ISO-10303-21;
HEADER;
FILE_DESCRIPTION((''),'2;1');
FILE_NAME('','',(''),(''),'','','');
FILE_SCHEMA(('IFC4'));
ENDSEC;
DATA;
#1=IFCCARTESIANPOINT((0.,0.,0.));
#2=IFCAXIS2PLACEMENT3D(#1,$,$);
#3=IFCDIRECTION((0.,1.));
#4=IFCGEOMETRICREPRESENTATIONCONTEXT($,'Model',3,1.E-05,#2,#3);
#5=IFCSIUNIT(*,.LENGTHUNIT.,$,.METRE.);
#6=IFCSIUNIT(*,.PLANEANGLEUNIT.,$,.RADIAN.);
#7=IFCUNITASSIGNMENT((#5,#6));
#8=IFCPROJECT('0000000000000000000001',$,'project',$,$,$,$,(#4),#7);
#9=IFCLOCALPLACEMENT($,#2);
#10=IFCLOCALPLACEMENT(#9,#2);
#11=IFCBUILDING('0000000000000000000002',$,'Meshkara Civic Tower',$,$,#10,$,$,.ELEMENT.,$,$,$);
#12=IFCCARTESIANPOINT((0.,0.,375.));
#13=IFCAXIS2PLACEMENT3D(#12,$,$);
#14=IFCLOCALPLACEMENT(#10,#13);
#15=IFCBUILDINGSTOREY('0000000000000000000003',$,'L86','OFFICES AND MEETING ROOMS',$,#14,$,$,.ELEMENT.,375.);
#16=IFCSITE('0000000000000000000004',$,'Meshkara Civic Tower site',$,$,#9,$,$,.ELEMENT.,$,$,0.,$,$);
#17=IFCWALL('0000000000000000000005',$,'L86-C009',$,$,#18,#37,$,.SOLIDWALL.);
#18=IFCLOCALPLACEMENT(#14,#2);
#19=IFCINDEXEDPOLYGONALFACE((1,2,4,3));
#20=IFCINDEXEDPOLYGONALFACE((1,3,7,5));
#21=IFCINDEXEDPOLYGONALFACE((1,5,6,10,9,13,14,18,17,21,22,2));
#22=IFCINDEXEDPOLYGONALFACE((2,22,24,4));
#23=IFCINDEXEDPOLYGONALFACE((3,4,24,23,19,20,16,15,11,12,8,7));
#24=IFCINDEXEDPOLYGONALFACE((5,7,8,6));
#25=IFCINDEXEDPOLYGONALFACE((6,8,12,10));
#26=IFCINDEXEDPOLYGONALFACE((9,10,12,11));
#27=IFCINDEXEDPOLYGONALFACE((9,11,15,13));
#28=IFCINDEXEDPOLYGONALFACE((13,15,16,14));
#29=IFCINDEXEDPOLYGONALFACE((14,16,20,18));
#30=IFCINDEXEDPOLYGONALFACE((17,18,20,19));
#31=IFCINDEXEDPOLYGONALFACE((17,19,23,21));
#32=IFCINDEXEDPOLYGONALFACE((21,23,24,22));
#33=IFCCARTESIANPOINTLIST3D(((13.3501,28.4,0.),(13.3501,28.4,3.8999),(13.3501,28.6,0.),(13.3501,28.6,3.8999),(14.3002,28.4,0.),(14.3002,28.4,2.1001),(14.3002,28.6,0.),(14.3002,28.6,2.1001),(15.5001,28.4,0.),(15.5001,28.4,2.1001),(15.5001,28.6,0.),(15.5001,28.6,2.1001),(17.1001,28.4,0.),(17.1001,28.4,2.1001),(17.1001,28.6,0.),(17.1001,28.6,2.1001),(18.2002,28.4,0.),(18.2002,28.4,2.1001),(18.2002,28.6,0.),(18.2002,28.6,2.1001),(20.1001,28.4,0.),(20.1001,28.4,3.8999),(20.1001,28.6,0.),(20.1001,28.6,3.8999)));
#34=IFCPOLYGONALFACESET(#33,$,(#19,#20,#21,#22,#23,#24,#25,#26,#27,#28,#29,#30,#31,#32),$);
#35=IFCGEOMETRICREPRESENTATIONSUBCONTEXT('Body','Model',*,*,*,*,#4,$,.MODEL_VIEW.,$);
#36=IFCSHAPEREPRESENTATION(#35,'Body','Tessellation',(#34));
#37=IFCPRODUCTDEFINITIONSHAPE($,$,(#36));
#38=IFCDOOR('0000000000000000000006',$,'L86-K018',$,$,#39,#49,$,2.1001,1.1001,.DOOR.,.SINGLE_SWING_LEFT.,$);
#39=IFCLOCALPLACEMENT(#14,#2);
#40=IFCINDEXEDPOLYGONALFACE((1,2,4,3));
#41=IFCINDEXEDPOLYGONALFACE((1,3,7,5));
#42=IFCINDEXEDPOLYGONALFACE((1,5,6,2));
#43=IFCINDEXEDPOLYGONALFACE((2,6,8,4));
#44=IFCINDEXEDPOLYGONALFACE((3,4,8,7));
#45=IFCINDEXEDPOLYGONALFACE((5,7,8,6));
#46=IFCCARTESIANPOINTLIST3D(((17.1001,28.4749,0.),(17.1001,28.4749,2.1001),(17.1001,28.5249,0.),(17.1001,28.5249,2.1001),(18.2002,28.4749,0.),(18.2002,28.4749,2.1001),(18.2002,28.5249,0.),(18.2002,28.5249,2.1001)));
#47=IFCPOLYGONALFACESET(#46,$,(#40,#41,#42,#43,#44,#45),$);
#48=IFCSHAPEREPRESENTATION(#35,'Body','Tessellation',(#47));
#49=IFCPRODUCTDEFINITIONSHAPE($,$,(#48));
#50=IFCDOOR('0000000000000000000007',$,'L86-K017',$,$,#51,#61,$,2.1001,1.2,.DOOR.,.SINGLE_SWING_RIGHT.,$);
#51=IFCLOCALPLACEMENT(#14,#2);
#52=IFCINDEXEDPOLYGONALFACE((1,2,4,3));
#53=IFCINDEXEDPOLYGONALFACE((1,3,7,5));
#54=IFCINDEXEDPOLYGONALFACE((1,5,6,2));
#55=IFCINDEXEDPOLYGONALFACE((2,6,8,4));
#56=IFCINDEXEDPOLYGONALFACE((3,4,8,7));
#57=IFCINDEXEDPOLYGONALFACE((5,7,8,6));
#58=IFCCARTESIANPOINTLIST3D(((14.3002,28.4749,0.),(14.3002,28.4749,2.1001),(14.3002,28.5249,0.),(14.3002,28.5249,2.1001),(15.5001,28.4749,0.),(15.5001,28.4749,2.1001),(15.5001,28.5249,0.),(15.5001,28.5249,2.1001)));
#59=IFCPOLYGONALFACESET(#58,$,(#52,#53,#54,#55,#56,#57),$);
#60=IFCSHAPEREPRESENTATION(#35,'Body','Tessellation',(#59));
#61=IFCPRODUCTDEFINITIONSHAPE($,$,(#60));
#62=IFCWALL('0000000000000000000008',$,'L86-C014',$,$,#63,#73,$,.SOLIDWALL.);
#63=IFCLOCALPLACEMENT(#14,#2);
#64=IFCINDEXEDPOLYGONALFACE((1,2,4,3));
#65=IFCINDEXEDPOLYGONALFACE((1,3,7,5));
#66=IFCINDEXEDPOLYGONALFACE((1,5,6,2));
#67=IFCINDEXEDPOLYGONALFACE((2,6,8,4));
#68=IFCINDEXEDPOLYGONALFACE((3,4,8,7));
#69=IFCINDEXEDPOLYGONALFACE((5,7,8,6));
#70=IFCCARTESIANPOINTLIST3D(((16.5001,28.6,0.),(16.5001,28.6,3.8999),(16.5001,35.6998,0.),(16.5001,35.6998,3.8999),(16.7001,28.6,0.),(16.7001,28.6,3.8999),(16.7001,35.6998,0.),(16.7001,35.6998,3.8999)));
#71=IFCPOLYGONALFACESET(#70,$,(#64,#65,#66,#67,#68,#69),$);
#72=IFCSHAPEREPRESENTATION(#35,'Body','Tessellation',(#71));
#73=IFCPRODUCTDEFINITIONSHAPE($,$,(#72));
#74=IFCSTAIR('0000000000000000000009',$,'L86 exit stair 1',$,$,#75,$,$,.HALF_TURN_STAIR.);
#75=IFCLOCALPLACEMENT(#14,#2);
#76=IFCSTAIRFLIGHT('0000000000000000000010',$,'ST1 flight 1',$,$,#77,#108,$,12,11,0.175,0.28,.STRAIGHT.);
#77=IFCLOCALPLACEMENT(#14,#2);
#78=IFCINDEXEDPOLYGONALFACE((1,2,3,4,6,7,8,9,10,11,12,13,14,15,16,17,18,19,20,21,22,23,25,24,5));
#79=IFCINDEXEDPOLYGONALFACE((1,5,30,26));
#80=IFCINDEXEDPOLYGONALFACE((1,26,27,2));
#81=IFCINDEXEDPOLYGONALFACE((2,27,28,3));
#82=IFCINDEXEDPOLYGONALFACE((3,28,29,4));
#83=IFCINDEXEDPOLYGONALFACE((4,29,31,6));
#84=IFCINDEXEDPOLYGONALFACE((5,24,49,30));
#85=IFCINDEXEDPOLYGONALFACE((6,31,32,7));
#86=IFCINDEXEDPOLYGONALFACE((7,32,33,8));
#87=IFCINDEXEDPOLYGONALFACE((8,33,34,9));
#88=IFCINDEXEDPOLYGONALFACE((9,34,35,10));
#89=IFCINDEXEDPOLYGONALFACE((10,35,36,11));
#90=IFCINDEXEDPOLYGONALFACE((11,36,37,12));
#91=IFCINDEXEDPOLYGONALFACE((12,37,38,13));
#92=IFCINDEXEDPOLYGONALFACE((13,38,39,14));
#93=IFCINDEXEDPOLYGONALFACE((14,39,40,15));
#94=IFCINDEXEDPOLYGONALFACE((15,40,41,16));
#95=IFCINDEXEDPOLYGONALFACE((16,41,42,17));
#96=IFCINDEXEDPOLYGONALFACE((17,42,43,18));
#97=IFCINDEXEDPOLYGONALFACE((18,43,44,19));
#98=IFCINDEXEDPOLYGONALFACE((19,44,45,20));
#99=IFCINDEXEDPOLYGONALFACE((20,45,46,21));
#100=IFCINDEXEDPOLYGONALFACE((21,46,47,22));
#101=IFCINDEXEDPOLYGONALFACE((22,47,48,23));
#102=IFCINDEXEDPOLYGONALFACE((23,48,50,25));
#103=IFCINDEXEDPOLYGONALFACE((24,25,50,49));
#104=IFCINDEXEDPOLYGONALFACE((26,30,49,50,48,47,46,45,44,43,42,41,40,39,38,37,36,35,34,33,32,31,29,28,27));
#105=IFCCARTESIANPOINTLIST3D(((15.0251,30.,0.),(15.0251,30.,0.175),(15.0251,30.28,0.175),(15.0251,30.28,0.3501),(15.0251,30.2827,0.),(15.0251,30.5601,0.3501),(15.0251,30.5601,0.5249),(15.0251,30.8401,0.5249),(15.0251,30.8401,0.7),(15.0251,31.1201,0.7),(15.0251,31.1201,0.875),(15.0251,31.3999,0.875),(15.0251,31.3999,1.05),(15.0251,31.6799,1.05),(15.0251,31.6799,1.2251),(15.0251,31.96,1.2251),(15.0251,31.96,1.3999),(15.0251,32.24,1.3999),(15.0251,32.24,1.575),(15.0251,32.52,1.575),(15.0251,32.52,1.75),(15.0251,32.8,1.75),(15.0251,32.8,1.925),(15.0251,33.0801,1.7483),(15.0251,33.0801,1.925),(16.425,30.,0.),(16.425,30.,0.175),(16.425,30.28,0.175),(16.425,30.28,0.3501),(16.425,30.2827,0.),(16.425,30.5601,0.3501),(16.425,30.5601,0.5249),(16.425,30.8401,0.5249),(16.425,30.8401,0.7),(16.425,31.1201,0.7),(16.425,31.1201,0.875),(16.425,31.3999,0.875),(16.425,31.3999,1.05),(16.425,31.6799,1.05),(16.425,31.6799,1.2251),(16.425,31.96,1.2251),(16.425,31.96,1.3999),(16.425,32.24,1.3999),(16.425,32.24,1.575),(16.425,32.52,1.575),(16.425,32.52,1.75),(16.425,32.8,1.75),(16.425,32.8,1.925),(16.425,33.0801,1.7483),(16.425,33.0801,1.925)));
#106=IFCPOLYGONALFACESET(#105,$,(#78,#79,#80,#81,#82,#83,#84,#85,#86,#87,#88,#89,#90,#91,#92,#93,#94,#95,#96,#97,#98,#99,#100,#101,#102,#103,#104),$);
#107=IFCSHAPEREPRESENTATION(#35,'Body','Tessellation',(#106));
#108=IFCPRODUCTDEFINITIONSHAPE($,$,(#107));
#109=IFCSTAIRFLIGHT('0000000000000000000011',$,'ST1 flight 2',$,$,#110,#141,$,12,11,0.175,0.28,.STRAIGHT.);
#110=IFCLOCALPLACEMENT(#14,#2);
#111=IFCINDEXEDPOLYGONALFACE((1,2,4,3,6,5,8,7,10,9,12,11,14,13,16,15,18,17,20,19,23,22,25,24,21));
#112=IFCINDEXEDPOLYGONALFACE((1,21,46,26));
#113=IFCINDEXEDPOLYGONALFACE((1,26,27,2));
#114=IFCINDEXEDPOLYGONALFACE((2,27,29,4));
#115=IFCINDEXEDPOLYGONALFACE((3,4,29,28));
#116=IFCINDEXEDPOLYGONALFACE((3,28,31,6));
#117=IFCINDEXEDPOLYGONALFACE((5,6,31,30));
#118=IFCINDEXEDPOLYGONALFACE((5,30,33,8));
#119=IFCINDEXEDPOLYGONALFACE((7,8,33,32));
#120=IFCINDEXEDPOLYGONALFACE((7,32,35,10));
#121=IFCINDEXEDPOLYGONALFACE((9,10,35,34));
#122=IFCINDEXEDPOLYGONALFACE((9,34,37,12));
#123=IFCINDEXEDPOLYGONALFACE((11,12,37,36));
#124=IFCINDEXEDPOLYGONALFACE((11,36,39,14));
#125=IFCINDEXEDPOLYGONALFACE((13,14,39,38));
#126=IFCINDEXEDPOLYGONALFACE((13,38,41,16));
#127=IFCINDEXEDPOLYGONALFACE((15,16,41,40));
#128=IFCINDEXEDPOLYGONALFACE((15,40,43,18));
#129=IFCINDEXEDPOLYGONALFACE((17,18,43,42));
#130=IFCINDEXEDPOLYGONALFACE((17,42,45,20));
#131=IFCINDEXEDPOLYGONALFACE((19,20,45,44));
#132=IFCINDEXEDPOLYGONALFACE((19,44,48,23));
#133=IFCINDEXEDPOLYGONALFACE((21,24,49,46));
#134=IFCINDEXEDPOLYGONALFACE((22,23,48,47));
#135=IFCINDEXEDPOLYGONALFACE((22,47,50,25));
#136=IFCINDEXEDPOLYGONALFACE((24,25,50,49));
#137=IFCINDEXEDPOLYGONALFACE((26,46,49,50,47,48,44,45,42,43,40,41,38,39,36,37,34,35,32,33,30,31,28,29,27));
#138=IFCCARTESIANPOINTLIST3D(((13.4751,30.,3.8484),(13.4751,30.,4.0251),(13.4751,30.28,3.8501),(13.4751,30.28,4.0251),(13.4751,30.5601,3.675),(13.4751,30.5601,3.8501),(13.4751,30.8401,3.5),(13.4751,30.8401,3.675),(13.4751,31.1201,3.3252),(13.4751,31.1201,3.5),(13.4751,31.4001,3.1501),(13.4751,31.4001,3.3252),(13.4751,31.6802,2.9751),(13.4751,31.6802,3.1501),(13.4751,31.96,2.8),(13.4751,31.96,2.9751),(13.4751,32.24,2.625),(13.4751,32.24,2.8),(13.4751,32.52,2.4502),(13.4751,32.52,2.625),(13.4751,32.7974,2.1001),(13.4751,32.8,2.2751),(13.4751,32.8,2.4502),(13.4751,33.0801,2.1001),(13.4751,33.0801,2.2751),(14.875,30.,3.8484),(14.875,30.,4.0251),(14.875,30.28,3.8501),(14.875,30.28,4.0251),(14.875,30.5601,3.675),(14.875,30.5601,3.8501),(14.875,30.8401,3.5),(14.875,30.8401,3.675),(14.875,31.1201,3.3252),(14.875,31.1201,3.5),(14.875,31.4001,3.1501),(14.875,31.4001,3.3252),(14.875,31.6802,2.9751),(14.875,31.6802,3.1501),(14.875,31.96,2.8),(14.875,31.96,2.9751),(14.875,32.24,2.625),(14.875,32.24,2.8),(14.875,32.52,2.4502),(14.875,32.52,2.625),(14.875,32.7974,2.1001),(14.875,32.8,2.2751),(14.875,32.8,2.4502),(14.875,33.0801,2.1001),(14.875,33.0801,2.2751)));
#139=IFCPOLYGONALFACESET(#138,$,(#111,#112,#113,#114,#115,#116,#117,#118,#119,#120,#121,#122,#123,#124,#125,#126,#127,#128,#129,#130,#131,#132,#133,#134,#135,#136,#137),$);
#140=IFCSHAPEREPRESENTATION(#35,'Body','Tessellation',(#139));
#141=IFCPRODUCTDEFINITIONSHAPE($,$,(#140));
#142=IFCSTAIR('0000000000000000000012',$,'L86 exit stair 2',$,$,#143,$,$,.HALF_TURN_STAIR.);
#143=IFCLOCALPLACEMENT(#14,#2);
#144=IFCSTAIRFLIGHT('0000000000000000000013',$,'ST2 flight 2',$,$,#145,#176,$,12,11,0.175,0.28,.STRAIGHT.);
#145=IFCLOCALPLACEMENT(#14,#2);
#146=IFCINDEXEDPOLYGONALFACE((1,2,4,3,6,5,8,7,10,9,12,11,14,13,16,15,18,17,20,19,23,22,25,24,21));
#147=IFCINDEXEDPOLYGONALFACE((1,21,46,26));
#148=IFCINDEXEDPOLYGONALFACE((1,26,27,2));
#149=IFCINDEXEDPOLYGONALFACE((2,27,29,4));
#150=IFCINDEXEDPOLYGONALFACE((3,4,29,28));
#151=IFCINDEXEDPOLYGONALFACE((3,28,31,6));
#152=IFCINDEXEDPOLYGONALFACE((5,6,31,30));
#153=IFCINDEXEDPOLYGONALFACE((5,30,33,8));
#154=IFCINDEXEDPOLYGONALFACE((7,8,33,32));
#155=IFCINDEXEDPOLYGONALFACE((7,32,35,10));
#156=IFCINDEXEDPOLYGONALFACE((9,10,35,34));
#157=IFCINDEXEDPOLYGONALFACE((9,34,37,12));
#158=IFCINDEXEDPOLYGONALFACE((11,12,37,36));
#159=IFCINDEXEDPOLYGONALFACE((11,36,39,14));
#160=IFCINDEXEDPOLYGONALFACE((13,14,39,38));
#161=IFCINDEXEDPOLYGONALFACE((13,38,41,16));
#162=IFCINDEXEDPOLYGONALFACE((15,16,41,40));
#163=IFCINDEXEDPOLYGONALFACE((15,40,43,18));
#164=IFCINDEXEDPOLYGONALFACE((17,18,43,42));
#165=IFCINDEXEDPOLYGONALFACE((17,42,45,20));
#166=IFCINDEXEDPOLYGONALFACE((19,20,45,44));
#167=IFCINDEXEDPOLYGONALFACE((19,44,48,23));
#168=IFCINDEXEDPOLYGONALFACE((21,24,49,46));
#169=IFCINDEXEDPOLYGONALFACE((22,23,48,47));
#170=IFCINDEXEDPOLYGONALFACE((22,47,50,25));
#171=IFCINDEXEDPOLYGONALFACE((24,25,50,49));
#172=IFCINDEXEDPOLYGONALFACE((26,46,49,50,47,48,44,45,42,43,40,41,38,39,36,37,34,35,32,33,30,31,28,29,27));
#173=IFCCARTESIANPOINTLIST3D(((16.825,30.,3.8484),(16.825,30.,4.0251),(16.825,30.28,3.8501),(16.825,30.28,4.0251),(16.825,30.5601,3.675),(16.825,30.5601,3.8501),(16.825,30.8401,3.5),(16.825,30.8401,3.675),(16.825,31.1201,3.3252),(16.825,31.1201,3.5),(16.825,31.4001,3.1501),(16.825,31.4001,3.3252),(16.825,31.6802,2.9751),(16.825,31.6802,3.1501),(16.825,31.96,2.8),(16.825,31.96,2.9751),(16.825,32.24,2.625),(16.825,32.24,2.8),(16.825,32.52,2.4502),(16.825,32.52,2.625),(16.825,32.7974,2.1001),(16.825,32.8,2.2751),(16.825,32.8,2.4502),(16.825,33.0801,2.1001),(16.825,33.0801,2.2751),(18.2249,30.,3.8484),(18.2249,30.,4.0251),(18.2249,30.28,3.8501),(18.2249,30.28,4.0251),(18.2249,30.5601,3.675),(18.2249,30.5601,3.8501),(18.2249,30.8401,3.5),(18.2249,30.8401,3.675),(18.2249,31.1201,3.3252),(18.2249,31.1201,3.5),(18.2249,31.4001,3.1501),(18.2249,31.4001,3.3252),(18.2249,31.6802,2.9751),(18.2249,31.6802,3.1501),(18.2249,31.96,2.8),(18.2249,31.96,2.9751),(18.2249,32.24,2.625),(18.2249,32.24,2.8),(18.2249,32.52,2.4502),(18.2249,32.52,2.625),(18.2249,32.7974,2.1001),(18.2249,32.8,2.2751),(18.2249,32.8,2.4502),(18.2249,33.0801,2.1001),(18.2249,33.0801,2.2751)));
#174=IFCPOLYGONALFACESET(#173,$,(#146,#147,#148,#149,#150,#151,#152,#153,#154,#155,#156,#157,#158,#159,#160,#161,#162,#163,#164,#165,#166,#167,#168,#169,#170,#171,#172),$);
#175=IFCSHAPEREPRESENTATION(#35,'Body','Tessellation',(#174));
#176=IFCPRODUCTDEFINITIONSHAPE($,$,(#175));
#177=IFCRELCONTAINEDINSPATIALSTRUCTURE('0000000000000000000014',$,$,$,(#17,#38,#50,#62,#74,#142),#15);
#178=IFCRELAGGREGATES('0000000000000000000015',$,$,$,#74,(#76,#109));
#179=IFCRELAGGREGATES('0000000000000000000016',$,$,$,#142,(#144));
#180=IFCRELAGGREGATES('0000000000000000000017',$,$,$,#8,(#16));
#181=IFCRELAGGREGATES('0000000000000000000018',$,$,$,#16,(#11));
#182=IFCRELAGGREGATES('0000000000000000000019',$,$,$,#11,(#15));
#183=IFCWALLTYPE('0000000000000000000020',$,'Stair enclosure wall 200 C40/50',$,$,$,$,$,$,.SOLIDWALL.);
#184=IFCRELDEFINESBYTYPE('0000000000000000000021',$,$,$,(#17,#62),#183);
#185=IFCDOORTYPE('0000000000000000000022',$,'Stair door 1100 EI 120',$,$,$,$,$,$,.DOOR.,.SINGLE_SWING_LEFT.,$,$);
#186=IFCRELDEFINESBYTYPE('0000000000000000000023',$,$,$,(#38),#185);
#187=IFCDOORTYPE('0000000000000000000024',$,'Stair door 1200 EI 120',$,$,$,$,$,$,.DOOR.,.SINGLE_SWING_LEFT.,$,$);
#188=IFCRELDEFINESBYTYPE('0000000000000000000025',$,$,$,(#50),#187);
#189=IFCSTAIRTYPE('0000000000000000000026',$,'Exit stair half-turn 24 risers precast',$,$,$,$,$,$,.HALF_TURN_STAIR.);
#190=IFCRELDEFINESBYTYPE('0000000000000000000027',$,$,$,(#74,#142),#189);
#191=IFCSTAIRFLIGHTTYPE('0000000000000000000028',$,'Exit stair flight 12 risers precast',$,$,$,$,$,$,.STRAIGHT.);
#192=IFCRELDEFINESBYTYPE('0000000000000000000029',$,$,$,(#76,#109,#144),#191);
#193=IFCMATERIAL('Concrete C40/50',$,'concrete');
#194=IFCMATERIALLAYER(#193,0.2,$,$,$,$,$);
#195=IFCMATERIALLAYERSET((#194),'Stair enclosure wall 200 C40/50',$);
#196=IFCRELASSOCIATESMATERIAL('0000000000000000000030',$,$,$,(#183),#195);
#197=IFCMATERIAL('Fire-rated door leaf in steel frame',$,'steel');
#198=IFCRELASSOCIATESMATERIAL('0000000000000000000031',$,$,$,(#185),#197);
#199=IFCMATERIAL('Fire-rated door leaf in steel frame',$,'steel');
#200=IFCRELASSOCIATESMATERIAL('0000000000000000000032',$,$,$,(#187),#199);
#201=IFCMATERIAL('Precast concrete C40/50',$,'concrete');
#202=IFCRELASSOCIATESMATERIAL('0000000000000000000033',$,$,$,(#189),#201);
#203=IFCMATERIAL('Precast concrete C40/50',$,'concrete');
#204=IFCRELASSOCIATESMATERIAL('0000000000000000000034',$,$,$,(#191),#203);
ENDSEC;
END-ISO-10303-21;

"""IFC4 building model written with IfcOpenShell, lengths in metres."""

from ifc_helpers import new_model, si_unit, direction, frame, frame_2d, origin, place, context, subcontext, project, spatial, polyline, rectangle, outline, extrude, material, layer, layer_set, type_object, element, fill, aggregate, save


model = new_model("IFC4")

# Units and contexts
model_context = context("Model", 3, precision=1e-05, world=origin(), true_north=direction((0.0, 1.0)))
body_context = subcontext(model_context, "Body", "Model", "MODEL_VIEW")
ifc_project = project(units=[si_unit("LENGTHUNIT", "METRE"), si_unit("PLANEANGLEUNIT", "RADIAN")], contexts=[model_context])

# Site, building, storey
site_placement = place(None, origin())
site = spatial("IfcSite", under=ifc_project, at=site_placement, Name="Meshkara Civic Tower site", CompositionType="ELEMENT", RefElevation=0.0)
building_placement = place(site_placement, origin())
building = spatial("IfcBuilding", under=site, at=building_placement, Name="Meshkara Civic Tower", CompositionType="ELEMENT")
storey_placement = place(building_placement, frame((0.0, 0.0, 375.0)))
storey = spatial("IfcBuildingStorey", under=building, at=storey_placement, Name="L86", Description="OFFICES AND MEETING ROOMS", CompositionType="ELEMENT", Elevation=375.0)

# Wall, openings, doors
ifc_material_1 = material(Name="Concrete C40/50", Category="concrete")
ifc_layer_1 = layer(ifc_material_1, 0.2)
ifc_layer_set_1 = layer_set([ifc_layer_1], Name="Stair enclosure wall 200 C40/50")
wall_type_1 = type_object("IfcWallType", Name="Stair enclosure wall 200 C40/50", PredefinedType="SOLIDWALL", material=ifc_layer_set_1)
wall_1_placement = place(storey_placement, frame((13.3501, 28.5, 0.0), z_axis=(0.0, 0.0, 1.0), x_axis=(1.0, 0.0, 0.0)))
wall_1 = element("IfcWall", 1, at=wall_1_placement, inside=storey, type_object=wall_type_1, Name="L86-C009", PredefinedType="SOLIDWALL", context=body_context, shape_type="SweptSolid", body=[
    extrude(rectangle(XDim=6.75, YDim=0.2, at=frame_2d((3.375, 0.0))), origin(), (0.0, 0.0, 1.0), 3.8999),
])
opening_1_placement = place(wall_1_placement, frame((0.95, 0.0, 0.0)))
opening_1 = element("IfcOpeningElement", 2, at=opening_1_placement, cuts=wall_1, PredefinedType="OPENING", context=body_context, shape_type="SweptSolid", body=[
    extrude(rectangle(XDim=1.2, YDim=2.1001, at=frame_2d((0.6001, 1.05))), frame((0.0, 0.1099, 0.0), z_axis=(0.0, -1.0, 0.0), x_axis=(1.0, 0.0, 0.0)), (0.0, 0.0, 1.0), 0.22),
])
opening_2_placement = place(wall_1_placement, frame((3.75, 0.0, 0.0)))
opening_2 = element("IfcOpeningElement", 3, at=opening_2_placement, cuts=wall_1, PredefinedType="OPENING", context=body_context, shape_type="SweptSolid", body=[
    extrude(rectangle(XDim=1.1001, YDim=2.1001, at=frame_2d((0.55, 1.05))), frame((0.0, 0.1099, 0.0), z_axis=(0.0, -1.0, 0.0), x_axis=(1.0, 0.0, 0.0)), (0.0, 0.0, 1.0), 0.22),
])
ifc_material_2 = material(Name="Fire-rated door leaf in steel frame", Category="steel")
door_type_1 = type_object("IfcDoorType", Name="Stair door 1100 EI 120", OperationType="SINGLE_SWING_LEFT", PredefinedType="DOOR", material=ifc_material_2)
door_1_placement = place(opening_2_placement, origin())
door_1 = element("IfcDoor", 4, at=door_1_placement, inside=storey, type_object=door_type_1, Name="L86-K018", OperationType="SINGLE_SWING_LEFT", OverallHeight=2.1001, OverallWidth=1.1001, PredefinedType="DOOR", context=body_context, shape_type="SweptSolid", body=[
    extrude(rectangle(XDim=1.1001, YDim=2.1001, at=frame_2d((0.55, 1.05))), frame((0.0, 0.0249, 0.0), z_axis=(0.0, -1.0, 0.0), x_axis=(1.0, 0.0, 0.0)), (0.0, 0.0, 1.0), 0.05),
])
fill(opening_2, door_1)
ifc_material_3 = material(Name="Fire-rated door leaf in steel frame", Category="steel")
door_type_2 = type_object("IfcDoorType", Name="Stair door 1200 EI 120", OperationType="SINGLE_SWING_LEFT", PredefinedType="DOOR", material=ifc_material_3)
door_2_placement = place(opening_1_placement, origin())
door_2 = element("IfcDoor", 5, at=door_2_placement, inside=storey, type_object=door_type_2, Name="L86-K017", OperationType="SINGLE_SWING_RIGHT", OverallHeight=2.1001, OverallWidth=1.2, PredefinedType="DOOR", context=body_context, shape_type="SweptSolid", body=[
    extrude(rectangle(XDim=1.2, YDim=2.1001, at=frame_2d((0.6001, 1.05))), frame((0.0, 0.0249, 0.0), z_axis=(0.0, -1.0, 0.0), x_axis=(1.0, 0.0, 0.0)), (0.0, 0.0, 1.0), 0.05),
])
fill(opening_1, door_2)

# Wall
wall_2_placement = place(storey_placement, frame((16.6001, 28.6001, 0.0), z_axis=(0.0, 0.0, 1.0), x_axis=(0.0, 1.0, 0.0)))
element("IfcWall", 6, at=wall_2_placement, inside=storey, type_object=wall_type_1, Name="L86-C014", PredefinedType="SOLIDWALL", context=body_context, shape_type="SweptSolid", body=[
    extrude(rectangle(XDim=7.0999, YDim=0.2, at=frame_2d((3.5498, 0.0))), origin(), (0.0, 0.0, 1.0), 3.8999),
])

# Stair, stair flights
ifc_material_4 = material(Name="Precast concrete C40/50", Category="concrete")
stair_type = type_object("IfcStairType", Name="Exit stair half-turn 24 risers precast", PredefinedType="HALF_TURN_STAIR", material=ifc_material_4)
stair_1_placement = place(storey_placement, origin())
stair_1 = element("IfcStair", 7, at=stair_1_placement, inside=storey, type_object=stair_type, Name="L86 exit stair 1", PredefinedType="HALF_TURN_STAIR")
ifc_material_5 = material(Name="Precast concrete C40/50", Category="concrete")
stair_flight_type = type_object("IfcStairFlightType", Name="Exit stair flight 12 risers precast", PredefinedType="STRAIGHT", material=ifc_material_5)
stair_flight_1_placement = place(storey_placement, frame((15.7251, 30.0, 0.0), z_axis=(0.0, 0.0, 1.0), x_axis=(0.0, 1.0, 0.0)))
stair_flight_1 = element("IfcStairFlight", 8, at=stair_flight_1_placement, type_object=stair_flight_type, Name="ST1 flight 1", NumberOfRisers=12, NumberOfTreads=11, PredefinedType="STRAIGHT", RiserHeight=0.175, TreadLength=0.28, context=body_context, shape_type="SweptSolid", body=[
    extrude(outline(polyline([(0.0, 0.0), (0.0, 0.175), (0.28, 0.175), (0.28, 0.3501), (0.5601, 0.3501), (0.5601, 0.5249), (0.8401, 0.5249), (0.8401, 0.7), (1.1201, 0.7), (1.1201, 0.875), (1.3999, 0.875), (1.3999, 1.05), (1.6799, 1.05), (1.6799, 1.2251), (1.96, 1.2251), (1.96, 1.3999), (2.24, 1.3999), (2.24, 1.575), (2.52, 1.575), (2.52, 1.75), (2.8, 1.75), (2.8, 1.925), (3.0801, 1.925), (3.0801, 2.1001), (3.0801, 1.7483), (0.2827, 0.0), (0.0, 0.0)])), frame((0.0, 0.7, 0.0), z_axis=(0.0, -1.0, 0.0), x_axis=(1.0, 0.0, 0.0)), (0.0, 0.0, 1.0), 1.3999),
])
stair_flight_2_placement = place(storey_placement, frame((14.175, 33.0801, 2.1001), z_axis=(0.0, 0.0, 1.0), x_axis=(0.0, -1.0, 0.0)))
stair_flight_2 = element("IfcStairFlight", 9, at=stair_flight_2_placement, type_object=stair_flight_type, Name="ST1 flight 2", NumberOfRisers=12, NumberOfTreads=11, PredefinedType="STRAIGHT", RiserHeight=0.175, TreadLength=0.28, context=body_context, shape_type="SweptSolid", body=[
    extrude(outline(polyline([(0.0, 0.0), (0.0, 0.175), (0.28, 0.175), (0.28, 0.3501), (0.5601, 0.3501), (0.5601, 0.5249), (0.8401, 0.5249), (0.8401, 0.7), (1.1201, 0.7), (1.1201, 0.875), (1.3999, 0.875), (1.3999, 1.05), (1.6799, 1.05), (1.6799, 1.2251), (1.96, 1.2251), (1.96, 1.3999), (2.24, 1.3999), (2.24, 1.575), (2.52, 1.575), (2.52, 1.75), (2.8, 1.75), (2.8, 1.925), (3.0801, 1.925), (3.0801, 2.1001), (3.0801, 1.7483), (0.2827, 0.0), (0.0, 0.0)])), frame((0.0, 0.7, 0.0), z_axis=(0.0, -1.0, 0.0), x_axis=(1.0, 0.0, 0.0)), (0.0, 0.0, 1.0), 1.3999),
])
aggregate(stair_1, [stair_flight_1, stair_flight_2])

# Stair, stair flight
stair_2_placement = place(storey_placement, origin())
stair_2 = element("IfcStair", 10, at=stair_2_placement, inside=storey, type_object=stair_type, Name="L86 exit stair 2", PredefinedType="HALF_TURN_STAIR")
stair_flight_3_placement = place(storey_placement, frame((17.5249, 33.0801, 2.1001), z_axis=(0.0, 0.0, 1.0), x_axis=(0.0, -1.0, 0.0)))
stair_flight_3 = element("IfcStairFlight", 11, at=stair_flight_3_placement, type_object=stair_flight_type, Name="ST2 flight 2", NumberOfRisers=12, NumberOfTreads=11, PredefinedType="STRAIGHT", RiserHeight=0.175, TreadLength=0.28, context=body_context, shape_type="SweptSolid", body=[
    extrude(outline(polyline([(0.0, 0.0), (0.0, 0.175), (0.28, 0.175), (0.28, 0.3501), (0.5601, 0.3501), (0.5601, 0.5249), (0.8401, 0.5249), (0.8401, 0.7), (1.1201, 0.7), (1.1201, 0.875), (1.3999, 0.875), (1.3999, 1.05), (1.6799, 1.05), (1.6799, 1.2251), (1.96, 1.2251), (1.96, 1.3999), (2.24, 1.3999), (2.24, 1.575), (2.52, 1.575), (2.52, 1.75), (2.8, 1.75), (2.8, 1.925), (3.0801, 1.925), (3.0801, 2.1001), (3.0801, 1.7483), (0.2827, 0.0), (0.0, 0.0)])), frame((0.0, 0.7, 0.0), z_axis=(0.0, -1.0, 0.0), x_axis=(1.0, 0.0, 0.0)), (0.0, 0.0, 1.0), 1.3999),
])
aggregate(stair_2, [stair_flight_3])

save(model, "model.ifc")
